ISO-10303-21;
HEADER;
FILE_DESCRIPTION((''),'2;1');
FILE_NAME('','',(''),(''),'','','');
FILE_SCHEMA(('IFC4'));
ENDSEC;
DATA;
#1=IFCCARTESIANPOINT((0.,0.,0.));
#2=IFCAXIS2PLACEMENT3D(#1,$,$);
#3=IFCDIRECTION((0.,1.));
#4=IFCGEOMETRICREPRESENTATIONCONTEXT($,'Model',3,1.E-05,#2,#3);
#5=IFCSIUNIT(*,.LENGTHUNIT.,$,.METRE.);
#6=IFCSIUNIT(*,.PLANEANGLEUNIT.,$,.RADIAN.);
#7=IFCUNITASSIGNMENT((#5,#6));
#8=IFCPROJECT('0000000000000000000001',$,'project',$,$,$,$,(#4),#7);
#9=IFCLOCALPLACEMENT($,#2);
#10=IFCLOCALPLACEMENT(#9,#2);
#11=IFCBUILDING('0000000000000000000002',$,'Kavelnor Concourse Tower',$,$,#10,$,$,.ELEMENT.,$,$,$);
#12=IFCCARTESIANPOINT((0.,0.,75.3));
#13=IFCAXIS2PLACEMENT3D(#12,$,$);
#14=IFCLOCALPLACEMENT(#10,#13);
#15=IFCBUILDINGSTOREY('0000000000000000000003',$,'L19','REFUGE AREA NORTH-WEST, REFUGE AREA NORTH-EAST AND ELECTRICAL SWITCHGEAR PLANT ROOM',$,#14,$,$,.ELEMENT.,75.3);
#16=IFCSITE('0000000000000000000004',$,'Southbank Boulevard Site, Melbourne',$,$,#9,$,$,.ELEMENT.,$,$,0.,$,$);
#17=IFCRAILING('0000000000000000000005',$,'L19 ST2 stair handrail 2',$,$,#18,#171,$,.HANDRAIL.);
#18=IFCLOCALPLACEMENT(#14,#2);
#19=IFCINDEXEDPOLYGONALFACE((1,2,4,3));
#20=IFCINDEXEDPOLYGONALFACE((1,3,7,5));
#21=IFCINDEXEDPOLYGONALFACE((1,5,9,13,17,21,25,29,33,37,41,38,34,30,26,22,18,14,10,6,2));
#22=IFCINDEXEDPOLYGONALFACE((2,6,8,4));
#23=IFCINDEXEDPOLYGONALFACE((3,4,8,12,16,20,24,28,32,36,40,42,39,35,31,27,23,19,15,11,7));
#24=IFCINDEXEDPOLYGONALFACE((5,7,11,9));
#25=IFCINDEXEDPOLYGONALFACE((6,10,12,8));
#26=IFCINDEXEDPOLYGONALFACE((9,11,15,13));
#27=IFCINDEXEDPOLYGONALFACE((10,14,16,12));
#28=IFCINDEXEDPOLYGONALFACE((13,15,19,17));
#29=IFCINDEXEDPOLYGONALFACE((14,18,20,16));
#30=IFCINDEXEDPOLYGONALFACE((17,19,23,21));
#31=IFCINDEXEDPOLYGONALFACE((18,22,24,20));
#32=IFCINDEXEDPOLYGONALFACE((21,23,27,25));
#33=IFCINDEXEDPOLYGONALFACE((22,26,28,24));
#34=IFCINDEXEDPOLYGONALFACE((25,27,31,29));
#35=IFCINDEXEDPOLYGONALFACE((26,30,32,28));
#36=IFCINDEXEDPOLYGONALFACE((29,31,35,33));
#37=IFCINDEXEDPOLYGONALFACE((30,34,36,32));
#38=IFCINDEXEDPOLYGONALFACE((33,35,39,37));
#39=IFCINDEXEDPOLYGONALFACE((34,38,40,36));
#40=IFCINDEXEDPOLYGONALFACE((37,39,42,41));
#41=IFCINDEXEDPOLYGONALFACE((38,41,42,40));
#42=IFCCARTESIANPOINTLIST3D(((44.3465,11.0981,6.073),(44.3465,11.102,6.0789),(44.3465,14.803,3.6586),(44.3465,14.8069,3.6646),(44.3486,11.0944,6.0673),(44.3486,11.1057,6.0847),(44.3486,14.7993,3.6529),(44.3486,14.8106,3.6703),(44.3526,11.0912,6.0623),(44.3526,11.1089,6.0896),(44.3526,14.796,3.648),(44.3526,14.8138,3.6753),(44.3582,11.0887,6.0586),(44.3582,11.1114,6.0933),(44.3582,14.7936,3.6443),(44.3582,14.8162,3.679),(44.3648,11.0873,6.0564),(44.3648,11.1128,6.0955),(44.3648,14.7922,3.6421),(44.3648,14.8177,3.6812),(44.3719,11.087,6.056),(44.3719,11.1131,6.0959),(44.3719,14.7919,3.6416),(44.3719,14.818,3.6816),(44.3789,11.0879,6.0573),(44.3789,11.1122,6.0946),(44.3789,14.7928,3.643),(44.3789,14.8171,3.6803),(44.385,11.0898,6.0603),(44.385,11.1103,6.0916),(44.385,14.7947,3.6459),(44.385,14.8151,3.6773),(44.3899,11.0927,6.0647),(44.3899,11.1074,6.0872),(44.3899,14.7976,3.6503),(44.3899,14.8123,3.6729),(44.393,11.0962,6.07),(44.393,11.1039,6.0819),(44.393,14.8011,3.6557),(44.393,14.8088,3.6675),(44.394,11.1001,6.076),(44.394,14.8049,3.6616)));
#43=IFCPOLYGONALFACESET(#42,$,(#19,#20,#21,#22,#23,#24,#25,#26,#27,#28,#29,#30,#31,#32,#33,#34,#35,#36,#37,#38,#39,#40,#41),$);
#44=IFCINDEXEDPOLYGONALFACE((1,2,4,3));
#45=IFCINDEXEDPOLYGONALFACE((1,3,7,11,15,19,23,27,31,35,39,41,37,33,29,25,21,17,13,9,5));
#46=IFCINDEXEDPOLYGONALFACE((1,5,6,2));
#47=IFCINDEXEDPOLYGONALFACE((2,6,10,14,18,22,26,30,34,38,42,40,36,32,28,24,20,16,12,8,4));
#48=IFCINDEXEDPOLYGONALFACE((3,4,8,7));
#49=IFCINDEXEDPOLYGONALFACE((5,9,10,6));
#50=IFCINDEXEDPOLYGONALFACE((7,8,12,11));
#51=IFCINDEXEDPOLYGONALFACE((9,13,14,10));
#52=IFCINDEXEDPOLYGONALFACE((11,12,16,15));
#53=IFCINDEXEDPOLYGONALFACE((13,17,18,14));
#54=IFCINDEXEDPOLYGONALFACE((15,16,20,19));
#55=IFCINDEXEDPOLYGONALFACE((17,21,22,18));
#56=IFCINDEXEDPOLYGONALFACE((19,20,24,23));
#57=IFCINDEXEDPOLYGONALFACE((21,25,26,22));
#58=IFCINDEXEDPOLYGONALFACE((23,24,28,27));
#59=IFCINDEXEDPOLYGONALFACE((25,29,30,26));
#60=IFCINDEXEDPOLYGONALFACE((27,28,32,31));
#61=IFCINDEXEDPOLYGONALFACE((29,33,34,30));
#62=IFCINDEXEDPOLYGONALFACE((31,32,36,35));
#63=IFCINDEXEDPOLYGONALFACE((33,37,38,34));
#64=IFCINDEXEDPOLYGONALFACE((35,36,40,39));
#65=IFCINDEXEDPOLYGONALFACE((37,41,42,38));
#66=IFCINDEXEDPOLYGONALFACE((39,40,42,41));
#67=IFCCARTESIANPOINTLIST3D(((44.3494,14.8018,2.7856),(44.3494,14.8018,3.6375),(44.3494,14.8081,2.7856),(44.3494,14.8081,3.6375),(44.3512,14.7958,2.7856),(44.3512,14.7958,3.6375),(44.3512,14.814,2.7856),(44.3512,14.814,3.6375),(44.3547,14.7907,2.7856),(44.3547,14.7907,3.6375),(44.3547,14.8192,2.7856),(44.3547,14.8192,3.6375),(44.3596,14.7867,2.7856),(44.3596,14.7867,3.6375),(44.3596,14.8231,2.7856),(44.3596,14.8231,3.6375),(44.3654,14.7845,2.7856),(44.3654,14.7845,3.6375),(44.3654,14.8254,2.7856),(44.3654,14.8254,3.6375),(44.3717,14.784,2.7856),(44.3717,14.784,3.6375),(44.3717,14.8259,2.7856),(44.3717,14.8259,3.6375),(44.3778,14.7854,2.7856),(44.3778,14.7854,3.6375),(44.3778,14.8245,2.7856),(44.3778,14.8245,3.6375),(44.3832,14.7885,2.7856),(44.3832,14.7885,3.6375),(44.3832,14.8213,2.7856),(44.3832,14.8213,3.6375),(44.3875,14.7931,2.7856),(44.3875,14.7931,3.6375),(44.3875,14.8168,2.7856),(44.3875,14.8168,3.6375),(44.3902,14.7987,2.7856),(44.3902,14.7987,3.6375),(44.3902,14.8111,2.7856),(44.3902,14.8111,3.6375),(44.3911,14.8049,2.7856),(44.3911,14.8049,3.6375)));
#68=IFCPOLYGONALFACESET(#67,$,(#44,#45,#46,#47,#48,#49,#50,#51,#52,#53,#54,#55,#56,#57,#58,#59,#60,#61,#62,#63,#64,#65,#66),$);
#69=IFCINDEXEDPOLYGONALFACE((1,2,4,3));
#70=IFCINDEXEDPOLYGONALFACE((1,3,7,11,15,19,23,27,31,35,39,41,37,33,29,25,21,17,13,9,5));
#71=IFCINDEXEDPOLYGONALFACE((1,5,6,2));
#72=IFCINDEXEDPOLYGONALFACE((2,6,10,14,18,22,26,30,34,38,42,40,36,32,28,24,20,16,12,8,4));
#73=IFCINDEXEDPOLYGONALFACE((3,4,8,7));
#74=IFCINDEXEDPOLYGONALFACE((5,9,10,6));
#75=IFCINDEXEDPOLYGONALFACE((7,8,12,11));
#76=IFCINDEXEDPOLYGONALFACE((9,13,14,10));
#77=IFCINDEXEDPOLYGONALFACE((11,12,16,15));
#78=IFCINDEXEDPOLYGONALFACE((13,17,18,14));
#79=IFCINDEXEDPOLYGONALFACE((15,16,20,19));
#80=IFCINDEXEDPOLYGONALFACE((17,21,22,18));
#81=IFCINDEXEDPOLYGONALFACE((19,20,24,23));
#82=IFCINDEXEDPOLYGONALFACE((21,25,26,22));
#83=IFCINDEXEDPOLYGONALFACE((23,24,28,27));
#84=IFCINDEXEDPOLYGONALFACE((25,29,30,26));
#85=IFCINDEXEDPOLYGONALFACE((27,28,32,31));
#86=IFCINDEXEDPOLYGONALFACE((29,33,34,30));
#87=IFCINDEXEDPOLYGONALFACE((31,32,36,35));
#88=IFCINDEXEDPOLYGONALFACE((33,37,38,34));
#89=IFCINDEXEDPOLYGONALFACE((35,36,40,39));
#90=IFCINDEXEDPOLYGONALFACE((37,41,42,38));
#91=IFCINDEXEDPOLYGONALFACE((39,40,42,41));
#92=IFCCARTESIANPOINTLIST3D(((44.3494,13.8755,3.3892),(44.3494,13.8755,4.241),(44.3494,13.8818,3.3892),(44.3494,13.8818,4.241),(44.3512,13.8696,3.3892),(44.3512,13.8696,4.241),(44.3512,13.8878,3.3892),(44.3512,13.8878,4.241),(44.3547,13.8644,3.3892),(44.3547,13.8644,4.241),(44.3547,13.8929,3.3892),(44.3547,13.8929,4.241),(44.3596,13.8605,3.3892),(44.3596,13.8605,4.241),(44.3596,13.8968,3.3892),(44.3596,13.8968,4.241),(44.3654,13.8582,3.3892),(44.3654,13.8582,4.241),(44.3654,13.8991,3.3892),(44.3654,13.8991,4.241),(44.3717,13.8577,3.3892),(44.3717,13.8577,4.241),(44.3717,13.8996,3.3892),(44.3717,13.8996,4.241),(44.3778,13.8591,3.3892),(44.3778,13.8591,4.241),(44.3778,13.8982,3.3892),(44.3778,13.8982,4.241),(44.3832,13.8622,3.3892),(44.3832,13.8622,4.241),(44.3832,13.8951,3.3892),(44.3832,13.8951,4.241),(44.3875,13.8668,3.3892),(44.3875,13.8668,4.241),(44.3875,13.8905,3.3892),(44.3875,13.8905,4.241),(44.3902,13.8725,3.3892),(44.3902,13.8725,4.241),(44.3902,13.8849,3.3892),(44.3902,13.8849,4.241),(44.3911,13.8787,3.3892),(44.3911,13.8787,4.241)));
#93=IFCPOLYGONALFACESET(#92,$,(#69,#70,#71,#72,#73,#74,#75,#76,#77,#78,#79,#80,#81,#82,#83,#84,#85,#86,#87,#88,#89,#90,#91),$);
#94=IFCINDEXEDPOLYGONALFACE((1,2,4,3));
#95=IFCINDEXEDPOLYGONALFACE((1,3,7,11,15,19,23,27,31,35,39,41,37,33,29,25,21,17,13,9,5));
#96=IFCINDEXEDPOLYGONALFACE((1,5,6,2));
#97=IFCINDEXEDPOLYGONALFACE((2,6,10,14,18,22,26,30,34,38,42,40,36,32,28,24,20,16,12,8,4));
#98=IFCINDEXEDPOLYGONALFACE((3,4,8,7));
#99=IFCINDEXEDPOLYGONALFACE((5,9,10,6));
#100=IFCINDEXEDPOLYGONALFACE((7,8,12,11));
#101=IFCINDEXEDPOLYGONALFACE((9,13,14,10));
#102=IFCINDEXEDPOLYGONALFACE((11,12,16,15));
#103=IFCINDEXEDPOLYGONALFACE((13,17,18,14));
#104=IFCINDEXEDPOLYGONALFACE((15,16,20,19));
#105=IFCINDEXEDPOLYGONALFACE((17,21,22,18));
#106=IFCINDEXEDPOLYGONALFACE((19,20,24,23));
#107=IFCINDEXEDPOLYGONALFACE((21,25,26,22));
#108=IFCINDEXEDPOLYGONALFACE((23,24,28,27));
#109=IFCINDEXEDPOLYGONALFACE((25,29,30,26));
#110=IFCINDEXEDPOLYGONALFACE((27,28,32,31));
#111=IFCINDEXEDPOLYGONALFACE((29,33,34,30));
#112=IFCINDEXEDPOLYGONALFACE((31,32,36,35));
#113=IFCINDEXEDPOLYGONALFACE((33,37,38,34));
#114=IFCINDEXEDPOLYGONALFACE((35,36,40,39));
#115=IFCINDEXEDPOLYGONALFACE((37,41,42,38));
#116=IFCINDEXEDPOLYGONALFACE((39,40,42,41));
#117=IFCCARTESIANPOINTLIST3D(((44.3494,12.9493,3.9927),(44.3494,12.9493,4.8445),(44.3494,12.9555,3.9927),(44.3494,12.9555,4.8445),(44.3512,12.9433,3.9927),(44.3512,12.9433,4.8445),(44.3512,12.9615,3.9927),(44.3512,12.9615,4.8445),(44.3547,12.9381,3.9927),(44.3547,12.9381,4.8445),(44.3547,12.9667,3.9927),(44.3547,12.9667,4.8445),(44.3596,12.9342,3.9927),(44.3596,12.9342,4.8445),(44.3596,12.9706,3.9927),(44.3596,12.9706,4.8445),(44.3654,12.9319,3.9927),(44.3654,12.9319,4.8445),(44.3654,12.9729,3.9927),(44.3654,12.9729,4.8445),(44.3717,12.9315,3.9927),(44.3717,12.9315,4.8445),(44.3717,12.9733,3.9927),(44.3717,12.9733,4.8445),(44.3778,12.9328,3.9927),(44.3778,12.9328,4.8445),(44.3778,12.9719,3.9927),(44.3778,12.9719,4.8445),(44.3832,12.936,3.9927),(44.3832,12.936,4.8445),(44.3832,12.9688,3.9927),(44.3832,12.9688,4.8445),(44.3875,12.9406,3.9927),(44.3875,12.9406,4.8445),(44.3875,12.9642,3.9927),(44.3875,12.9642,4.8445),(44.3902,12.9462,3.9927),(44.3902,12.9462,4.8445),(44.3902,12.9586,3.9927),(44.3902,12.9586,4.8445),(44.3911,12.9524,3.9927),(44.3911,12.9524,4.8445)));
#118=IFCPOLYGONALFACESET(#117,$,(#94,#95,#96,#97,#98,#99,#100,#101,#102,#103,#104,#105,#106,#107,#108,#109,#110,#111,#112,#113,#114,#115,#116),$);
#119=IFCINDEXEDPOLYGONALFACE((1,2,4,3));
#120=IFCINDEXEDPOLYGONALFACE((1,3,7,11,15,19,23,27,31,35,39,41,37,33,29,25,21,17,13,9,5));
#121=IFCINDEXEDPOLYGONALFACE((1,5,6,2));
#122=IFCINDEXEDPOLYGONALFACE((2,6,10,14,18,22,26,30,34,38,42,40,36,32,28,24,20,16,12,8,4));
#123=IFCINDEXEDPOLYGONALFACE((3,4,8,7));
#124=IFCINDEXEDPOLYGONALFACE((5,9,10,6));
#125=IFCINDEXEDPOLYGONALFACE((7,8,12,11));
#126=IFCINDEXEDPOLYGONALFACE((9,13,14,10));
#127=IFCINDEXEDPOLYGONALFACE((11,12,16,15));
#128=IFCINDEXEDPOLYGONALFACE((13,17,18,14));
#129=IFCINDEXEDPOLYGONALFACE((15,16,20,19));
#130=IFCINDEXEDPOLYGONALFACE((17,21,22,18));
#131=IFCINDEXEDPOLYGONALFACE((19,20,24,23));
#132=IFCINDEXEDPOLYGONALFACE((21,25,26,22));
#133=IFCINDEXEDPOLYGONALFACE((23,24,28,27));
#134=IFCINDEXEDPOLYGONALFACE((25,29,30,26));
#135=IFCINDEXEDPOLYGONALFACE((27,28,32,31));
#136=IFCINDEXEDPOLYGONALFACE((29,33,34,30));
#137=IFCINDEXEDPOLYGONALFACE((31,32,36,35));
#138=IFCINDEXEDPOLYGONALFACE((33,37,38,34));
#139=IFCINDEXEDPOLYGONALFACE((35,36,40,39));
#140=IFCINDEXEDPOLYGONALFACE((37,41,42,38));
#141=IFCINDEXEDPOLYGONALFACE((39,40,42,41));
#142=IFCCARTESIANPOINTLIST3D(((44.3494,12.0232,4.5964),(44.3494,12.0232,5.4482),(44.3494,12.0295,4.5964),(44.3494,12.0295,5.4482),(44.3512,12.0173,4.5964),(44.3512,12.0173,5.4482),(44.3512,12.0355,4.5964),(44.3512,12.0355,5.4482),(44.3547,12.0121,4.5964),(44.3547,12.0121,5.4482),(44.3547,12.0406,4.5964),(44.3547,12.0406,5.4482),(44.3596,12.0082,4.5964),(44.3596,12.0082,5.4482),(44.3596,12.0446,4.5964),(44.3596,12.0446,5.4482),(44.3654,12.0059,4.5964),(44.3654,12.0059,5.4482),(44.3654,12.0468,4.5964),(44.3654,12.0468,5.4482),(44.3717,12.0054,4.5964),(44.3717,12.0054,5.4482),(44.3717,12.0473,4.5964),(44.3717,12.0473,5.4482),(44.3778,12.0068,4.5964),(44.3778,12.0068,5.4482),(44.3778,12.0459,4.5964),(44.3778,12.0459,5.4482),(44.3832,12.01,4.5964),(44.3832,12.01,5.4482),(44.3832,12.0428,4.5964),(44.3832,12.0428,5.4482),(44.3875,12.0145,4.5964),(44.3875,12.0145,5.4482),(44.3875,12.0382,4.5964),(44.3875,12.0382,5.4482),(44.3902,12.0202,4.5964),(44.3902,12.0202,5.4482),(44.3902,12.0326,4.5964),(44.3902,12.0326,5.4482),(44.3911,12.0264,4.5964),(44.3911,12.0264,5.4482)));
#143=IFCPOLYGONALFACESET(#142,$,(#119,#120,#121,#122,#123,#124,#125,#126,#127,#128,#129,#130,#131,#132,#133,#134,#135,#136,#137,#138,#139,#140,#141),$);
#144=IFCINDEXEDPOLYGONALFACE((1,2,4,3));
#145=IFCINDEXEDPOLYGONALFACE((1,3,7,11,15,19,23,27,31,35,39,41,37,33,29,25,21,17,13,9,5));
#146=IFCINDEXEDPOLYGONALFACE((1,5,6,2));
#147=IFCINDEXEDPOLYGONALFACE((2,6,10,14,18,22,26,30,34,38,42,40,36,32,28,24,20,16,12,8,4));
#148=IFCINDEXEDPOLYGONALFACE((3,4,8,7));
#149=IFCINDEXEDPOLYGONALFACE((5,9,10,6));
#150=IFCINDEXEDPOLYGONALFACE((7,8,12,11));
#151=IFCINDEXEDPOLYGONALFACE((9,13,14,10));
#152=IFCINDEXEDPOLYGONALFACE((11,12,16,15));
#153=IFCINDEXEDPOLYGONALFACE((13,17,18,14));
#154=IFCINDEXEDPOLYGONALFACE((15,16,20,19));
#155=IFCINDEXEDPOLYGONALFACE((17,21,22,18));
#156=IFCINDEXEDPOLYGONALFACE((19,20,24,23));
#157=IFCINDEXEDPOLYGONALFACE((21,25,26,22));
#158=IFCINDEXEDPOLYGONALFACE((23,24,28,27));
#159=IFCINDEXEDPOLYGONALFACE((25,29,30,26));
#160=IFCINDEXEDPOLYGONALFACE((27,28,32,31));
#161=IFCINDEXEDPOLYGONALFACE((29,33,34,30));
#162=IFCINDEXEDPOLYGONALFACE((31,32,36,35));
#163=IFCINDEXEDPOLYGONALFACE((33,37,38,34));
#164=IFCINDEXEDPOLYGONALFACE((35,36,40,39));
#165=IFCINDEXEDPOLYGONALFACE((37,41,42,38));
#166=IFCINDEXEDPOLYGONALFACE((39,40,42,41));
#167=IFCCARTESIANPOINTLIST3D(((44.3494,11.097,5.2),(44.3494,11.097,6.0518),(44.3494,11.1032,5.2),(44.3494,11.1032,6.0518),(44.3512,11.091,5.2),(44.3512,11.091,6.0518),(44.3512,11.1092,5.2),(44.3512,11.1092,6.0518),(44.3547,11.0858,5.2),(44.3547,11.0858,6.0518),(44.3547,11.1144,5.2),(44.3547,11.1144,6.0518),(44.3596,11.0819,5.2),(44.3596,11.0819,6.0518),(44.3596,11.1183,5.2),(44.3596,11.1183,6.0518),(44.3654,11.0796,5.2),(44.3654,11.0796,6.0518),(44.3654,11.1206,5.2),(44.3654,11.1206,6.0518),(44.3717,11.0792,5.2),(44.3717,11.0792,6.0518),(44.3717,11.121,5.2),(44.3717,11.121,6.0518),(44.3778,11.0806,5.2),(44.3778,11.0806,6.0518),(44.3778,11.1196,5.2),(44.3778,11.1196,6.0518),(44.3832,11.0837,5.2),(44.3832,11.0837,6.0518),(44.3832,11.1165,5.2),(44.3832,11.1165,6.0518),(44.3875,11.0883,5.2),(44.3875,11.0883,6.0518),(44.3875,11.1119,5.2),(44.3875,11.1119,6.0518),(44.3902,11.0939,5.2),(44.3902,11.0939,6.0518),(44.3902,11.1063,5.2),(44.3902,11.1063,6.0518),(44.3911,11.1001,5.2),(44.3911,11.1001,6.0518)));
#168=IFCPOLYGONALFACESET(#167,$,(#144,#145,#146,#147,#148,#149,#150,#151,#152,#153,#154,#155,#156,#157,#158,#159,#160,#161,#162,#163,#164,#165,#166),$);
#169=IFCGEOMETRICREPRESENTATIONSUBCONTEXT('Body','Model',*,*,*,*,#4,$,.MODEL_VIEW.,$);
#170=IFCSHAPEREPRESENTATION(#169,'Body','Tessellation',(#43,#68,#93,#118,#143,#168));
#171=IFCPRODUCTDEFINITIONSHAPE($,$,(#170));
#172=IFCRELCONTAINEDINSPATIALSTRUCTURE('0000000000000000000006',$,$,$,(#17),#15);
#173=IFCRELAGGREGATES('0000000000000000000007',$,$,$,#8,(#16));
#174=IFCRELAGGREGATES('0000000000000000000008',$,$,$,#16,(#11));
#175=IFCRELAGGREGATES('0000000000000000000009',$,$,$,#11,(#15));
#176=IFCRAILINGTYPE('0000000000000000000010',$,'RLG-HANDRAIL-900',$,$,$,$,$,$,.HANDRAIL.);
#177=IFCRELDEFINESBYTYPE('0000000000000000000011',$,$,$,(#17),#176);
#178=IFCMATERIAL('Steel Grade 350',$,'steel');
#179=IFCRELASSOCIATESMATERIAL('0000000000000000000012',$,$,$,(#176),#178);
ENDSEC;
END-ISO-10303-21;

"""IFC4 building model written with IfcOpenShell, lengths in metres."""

from ifc_helpers import new_model, si_unit, direction, frame, origin, origin_2d, place, context, subcontext, project, spatial, circle, extrude, material, type_object, element, save


model = new_model("IFC4")

# Units and contexts
model_context = context("Model", 3, precision=1e-05, world=origin(), true_north=direction((0.0, 1.0)))
body_context = subcontext(model_context, "Body", "Model", "MODEL_VIEW")
ifc_project = project(units=[si_unit("LENGTHUNIT", "METRE"), si_unit("PLANEANGLEUNIT", "RADIAN")], contexts=[model_context])

# Site, building, storey
site_placement = place(None, origin())
site = spatial("IfcSite", under=ifc_project, at=site_placement, Name="Southbank Boulevard Site, Melbourne", CompositionType="ELEMENT", RefElevation=0.0)
building_placement = place(site_placement, origin())
building = spatial("IfcBuilding", under=site, at=building_placement, Name="Kavelnor Concourse Tower", CompositionType="ELEMENT")
storey_placement = place(building_placement, frame((0.0, 0.0, 75.3)))
storey = spatial("IfcBuildingStorey", under=building, at=storey_placement, Name="L19", Description="REFUGE AREA NORTH-WEST, REFUGE AREA NORTH-EAST AND ELECTRICAL SWITCHGEAR PLANT ROOM", CompositionType="ELEMENT", Elevation=75.3)

# Shared definitions
ifc_material_1 = material(Name="Steel Grade 350", Category="steel")

# Railing
railing_type_1 = type_object("IfcRailingType", Name="RLG-HANDRAIL-900", PredefinedType="HANDRAIL", material=ifc_material_1)
railing_1_placement = place(storey_placement, frame((44.3701, 14.8049, 2.7856)))
element("IfcRailing", 1, at=railing_1_placement, inside=storey, type_object=railing_type_1, Name="L19 ST2 stair handrail 2", PredefinedType="HANDRAIL", context=body_context, shape_type="SweptSolid", body=[
    extrude(circle(Radius=0.0239, at=origin_2d()), frame((0.0, 0.0, 0.876), z_axis=(0.0, -0.837806, 0.545968), x_axis=(1.0, 0.0, 0.0)), (0.0, 0.0, 1.0), 4.4221),
    extrude(circle(Radius=0.021, at=origin_2d()), origin(), (0.0, 0.0, 1.0), 0.8518),
    extrude(circle(Radius=0.021, at=origin_2d()), frame((0.0, -0.9263, 0.6035)), (0.0, 0.0, 1.0), 0.8518),
    extrude(circle(Radius=0.021, at=origin_2d()), frame((0.0, -1.8525, 1.207)), (0.0, 0.0, 1.0), 0.8518),
    extrude(circle(Radius=0.021, at=origin_2d()), frame((0.0, -2.7786, 1.8108)), (0.0, 0.0, 1.0), 0.8518),
    extrude(circle(Radius=0.021, at=origin_2d()), frame((0.0, -3.7048, 2.4143)), (0.0, 0.0, 1.0), 0.8518),
])

save(model, "model.ifc")
